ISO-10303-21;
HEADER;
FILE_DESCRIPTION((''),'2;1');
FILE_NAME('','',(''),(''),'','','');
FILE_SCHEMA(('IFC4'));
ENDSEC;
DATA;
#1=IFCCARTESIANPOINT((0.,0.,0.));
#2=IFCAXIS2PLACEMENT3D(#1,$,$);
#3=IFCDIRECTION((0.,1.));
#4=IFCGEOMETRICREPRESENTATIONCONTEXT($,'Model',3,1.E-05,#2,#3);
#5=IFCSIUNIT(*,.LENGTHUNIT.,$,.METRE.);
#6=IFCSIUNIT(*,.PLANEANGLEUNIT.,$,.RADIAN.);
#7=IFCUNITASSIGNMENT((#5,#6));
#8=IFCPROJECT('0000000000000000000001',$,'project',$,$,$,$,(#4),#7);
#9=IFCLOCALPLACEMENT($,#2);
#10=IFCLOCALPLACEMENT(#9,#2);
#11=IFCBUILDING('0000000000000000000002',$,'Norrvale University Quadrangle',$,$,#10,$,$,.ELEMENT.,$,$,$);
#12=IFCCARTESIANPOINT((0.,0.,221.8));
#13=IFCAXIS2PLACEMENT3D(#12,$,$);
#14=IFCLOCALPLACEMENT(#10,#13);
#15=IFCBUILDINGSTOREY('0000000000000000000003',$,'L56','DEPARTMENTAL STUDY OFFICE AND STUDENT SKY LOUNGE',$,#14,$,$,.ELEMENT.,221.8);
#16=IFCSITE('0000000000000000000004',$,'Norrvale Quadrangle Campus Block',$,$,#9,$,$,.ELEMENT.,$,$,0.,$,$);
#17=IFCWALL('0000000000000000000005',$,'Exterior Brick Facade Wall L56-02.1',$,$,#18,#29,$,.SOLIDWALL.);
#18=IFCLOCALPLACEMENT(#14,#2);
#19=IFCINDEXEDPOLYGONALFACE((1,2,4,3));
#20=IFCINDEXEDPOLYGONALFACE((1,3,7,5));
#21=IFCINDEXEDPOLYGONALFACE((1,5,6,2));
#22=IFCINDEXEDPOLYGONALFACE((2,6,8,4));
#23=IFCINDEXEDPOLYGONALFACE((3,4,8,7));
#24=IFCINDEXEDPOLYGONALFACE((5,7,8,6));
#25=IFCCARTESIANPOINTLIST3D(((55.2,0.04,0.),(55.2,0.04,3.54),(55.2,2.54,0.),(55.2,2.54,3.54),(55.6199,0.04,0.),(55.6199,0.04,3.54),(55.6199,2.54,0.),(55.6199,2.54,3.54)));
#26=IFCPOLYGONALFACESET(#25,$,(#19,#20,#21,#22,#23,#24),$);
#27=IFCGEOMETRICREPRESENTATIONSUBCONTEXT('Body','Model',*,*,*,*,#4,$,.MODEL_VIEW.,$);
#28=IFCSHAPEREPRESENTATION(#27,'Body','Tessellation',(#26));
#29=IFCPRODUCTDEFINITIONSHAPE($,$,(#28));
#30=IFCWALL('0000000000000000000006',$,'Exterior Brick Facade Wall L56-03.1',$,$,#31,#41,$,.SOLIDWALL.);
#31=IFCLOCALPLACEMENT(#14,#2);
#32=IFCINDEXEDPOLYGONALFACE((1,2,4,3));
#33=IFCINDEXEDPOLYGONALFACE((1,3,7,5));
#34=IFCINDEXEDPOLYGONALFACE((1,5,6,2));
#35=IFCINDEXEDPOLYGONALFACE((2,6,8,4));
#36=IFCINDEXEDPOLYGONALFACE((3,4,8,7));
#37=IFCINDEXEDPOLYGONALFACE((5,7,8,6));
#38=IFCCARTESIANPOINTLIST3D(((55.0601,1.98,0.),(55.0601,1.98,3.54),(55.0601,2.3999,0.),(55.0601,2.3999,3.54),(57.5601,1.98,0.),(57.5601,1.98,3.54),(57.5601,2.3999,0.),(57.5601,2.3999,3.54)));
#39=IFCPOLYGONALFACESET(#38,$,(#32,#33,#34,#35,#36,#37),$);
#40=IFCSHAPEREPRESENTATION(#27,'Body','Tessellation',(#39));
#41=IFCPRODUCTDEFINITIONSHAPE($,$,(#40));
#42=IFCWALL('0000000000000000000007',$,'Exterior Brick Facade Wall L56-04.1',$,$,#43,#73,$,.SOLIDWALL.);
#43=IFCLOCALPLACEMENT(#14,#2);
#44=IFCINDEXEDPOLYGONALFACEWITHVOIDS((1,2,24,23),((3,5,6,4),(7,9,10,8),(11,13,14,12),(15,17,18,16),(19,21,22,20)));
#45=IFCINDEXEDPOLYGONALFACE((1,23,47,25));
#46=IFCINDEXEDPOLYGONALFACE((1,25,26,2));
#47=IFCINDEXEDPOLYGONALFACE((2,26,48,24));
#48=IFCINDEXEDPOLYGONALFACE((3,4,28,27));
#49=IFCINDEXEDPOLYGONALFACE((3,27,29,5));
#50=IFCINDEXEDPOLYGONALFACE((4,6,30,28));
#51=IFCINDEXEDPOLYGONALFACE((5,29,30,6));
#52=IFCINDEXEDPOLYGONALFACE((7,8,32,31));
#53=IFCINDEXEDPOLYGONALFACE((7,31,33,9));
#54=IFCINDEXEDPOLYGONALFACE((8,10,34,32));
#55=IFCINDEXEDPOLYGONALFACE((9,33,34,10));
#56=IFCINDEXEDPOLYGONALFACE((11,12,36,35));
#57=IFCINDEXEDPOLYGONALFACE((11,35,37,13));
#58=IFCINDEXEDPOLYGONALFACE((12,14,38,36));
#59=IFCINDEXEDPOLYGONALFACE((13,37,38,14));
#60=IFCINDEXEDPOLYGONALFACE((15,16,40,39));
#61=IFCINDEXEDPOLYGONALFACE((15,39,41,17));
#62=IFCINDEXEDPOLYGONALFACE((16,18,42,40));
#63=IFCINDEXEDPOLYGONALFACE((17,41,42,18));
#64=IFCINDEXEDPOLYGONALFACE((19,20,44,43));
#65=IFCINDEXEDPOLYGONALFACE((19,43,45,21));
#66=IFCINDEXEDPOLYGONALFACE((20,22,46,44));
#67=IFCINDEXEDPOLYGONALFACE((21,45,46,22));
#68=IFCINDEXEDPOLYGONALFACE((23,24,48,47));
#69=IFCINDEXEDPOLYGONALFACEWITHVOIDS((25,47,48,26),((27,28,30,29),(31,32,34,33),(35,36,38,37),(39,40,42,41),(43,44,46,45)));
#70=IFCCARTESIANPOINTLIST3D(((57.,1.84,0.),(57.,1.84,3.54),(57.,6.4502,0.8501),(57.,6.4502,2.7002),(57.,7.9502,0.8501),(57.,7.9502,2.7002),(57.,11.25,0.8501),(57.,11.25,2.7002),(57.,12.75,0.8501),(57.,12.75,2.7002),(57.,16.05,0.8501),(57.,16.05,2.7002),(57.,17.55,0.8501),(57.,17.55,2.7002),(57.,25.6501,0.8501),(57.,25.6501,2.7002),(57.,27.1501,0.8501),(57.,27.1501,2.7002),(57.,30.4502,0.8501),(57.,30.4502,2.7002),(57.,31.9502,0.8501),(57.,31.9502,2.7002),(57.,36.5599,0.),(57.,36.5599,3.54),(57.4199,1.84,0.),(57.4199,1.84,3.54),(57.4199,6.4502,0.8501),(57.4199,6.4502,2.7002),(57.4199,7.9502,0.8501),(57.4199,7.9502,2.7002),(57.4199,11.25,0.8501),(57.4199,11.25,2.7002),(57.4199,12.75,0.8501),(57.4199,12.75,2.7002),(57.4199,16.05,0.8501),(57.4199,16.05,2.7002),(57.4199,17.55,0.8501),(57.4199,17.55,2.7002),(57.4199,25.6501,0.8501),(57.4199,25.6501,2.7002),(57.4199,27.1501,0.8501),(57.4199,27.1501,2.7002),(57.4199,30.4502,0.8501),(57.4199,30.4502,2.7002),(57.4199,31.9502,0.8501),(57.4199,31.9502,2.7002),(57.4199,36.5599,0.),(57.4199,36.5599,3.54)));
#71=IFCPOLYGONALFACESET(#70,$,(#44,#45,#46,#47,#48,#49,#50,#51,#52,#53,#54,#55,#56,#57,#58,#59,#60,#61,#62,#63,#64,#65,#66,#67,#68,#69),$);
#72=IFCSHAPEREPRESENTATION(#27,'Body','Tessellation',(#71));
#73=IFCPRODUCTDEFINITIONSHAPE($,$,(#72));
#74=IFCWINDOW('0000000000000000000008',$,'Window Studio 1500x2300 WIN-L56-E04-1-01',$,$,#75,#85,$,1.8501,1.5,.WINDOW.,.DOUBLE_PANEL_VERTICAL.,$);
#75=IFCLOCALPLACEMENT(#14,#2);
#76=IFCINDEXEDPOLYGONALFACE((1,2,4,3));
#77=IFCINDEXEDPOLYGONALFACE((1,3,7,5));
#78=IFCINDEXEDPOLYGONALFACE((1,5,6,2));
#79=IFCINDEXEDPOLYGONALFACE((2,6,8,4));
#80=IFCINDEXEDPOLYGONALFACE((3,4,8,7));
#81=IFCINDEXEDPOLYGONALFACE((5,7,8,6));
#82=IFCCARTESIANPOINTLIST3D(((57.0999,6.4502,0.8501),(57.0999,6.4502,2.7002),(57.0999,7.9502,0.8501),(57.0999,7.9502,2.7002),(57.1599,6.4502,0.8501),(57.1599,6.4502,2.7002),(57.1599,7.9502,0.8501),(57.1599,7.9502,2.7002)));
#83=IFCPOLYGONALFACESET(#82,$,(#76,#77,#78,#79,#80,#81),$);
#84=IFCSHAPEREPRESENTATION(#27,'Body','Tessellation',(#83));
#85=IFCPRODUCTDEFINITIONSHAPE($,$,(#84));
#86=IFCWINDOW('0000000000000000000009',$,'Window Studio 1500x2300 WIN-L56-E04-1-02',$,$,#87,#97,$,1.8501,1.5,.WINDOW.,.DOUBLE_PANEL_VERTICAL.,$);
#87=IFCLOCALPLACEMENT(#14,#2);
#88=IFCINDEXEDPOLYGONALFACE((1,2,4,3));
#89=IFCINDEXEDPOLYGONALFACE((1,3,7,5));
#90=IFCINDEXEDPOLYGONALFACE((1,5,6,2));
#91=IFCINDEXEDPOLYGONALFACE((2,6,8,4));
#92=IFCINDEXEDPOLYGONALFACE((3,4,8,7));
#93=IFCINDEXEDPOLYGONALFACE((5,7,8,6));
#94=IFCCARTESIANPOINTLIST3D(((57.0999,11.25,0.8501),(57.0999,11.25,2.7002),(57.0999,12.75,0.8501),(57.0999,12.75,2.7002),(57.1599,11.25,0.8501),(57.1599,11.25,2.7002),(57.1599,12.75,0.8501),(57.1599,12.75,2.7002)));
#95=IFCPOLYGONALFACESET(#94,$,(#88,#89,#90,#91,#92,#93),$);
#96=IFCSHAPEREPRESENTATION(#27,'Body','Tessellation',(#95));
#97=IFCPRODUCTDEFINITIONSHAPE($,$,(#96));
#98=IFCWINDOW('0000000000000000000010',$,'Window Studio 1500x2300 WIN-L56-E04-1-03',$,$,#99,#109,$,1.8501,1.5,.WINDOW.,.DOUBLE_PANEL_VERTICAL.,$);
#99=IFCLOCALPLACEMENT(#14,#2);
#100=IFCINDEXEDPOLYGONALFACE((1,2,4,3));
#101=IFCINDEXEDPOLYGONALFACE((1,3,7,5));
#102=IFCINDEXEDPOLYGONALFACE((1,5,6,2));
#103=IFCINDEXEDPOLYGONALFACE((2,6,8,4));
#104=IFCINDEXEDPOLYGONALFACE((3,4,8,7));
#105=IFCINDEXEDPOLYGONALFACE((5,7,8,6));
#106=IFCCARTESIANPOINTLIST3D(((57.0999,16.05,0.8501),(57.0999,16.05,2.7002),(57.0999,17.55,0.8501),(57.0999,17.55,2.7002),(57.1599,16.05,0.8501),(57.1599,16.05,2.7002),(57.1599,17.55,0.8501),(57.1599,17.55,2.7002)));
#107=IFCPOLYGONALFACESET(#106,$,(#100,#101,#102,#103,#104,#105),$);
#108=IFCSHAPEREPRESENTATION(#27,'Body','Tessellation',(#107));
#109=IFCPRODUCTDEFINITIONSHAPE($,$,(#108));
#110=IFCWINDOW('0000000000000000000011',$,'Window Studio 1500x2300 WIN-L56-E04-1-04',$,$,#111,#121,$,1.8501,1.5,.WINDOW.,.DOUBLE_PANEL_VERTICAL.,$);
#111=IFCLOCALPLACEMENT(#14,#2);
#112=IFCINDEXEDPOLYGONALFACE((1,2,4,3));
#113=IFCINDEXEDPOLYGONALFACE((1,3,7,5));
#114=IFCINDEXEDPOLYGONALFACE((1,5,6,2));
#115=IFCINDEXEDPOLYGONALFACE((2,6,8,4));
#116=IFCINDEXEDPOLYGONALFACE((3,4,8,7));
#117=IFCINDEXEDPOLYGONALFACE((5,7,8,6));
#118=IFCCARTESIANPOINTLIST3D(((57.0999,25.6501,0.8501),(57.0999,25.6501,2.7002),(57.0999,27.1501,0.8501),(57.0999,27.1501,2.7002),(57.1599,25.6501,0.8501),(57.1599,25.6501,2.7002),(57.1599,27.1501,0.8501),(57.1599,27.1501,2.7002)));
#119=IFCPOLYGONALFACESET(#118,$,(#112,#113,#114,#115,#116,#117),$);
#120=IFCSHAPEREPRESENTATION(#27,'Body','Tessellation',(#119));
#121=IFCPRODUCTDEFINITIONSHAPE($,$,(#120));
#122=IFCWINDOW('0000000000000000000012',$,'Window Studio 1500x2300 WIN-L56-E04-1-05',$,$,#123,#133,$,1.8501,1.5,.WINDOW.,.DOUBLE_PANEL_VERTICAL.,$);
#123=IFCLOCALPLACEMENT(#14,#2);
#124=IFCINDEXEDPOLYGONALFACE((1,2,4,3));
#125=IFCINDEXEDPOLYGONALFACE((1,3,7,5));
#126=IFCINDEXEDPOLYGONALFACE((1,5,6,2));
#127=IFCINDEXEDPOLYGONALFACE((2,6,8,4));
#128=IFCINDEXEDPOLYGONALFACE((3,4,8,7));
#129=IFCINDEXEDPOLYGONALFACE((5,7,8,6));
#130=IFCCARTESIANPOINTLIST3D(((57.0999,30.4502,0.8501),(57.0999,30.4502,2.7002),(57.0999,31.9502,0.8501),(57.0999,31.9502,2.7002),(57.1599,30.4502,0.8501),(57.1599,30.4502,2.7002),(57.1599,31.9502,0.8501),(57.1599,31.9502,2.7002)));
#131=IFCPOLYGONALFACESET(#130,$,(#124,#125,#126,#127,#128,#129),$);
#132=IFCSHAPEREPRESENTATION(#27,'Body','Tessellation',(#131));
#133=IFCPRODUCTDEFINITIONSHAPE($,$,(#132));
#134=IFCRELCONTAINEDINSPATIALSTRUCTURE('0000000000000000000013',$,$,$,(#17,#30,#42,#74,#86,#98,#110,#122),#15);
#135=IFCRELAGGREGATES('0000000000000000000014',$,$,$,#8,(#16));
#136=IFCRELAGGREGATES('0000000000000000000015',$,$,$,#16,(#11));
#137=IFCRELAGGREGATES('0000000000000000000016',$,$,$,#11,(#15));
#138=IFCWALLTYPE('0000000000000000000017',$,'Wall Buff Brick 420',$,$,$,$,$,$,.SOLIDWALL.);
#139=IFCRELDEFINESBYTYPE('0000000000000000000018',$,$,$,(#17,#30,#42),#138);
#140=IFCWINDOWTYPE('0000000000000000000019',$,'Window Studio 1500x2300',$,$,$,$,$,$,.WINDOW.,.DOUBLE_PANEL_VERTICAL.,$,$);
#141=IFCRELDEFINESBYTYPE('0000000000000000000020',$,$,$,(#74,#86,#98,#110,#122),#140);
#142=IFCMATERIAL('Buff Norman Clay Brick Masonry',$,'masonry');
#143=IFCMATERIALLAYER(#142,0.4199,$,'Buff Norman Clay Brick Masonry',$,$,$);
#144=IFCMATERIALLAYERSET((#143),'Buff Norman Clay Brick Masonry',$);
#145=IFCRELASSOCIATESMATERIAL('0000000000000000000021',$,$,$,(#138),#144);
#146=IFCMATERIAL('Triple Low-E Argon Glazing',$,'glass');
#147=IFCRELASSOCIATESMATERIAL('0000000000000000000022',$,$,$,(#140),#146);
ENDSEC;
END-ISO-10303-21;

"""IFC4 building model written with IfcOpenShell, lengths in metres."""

from ifc_helpers import new_model, si_unit, direction, frame, frame_2d, origin, place, context, subcontext, project, spatial, rectangle, extrude, material, layer, layer_set, type_object, element, fill, save


model = new_model("IFC4")

# Units and contexts
model_context = context("Model", 3, precision=1e-05, world=origin(), true_north=direction((0.0, 1.0)))
body_context = subcontext(model_context, "Body", "Model", "MODEL_VIEW")
ifc_project = project(units=[si_unit("LENGTHUNIT", "METRE"), si_unit("PLANEANGLEUNIT", "RADIAN")], contexts=[model_context])

# Site, building, storey
site_placement = place(None, origin())
site = spatial("IfcSite", under=ifc_project, at=site_placement, Name="Norrvale Quadrangle Campus Block", CompositionType="ELEMENT", RefElevation=0.0)
building_placement = place(site_placement, origin())
building = spatial("IfcBuilding", under=site, at=building_placement, Name="Norrvale University Quadrangle", CompositionType="ELEMENT")
storey_placement = place(building_placement, frame((0.0, 0.0, 221.8)))
storey = spatial("IfcBuildingStorey", under=building, at=storey_placement, Name="L56", Description="DEPARTMENTAL STUDY OFFICE AND STUDENT SKY LOUNGE", CompositionType="ELEMENT", Elevation=221.8)

# Walls
ifc_material_1 = material(Name="Buff Norman Clay Brick Masonry", Category="masonry")
ifc_layer = layer(ifc_material_1, 0.4199, Name="Buff Norman Clay Brick Masonry")
ifc_layer_set = layer_set([ifc_layer], Name="Buff Norman Clay Brick Masonry")
wall_type = type_object("IfcWallType", Name="Wall Buff Brick 420", PredefinedType="SOLIDWALL", material=ifc_layer_set)
for number, where, z_axis, x_axis, name in (
    (1, (55.4099, 0.04, 0.0), (0.0, 0.0, 1.0), (0.0, 1.0, 0.0), "Exterior Brick Facade Wall L56-02.1"),
    (2, (55.0601, 2.1899, 0.0), (0.0, 0.0, 1.0), (1.0, 0.0, 0.0), "Exterior Brick Facade Wall L56-03.1"),
):
    element("IfcWall", number, at=place(storey_placement, frame(where, z_axis=z_axis, x_axis=x_axis)), inside=storey, type_object=wall_type, Name=name, PredefinedType="SOLIDWALL", context=body_context, shape_type="SweptSolid", body=[
        extrude(rectangle(XDim=2.5, YDim=0.4199, at=frame_2d((1.25, 0.0))), origin(), (0.0, 0.0, 1.0), 3.54),
    ])

# Wall, openings, windows
wall_placement = place(storey_placement, frame((57.21, 1.8401, 0.0), z_axis=(0.0, 0.0, 1.0), x_axis=(0.0, 1.0, 0.0)))
wall = element("IfcWall", 3, at=wall_placement, inside=storey, type_object=wall_type, Name="Exterior Brick Facade Wall L56-04.1", PredefinedType="SOLIDWALL", context=body_context, shape_type="SweptSolid", body=[
    extrude(rectangle(XDim=34.72, YDim=0.4199, at=frame_2d((17.3599, 0.0))), origin(), (0.0, 0.0, 1.0), 3.54),
])
opening_1_placement = place(wall_placement, frame((4.6101, 0.0, 0.8501)))
opening_1 = element("IfcOpeningElement", 4, at=opening_1_placement, cuts=wall, PredefinedType="OPENING", context=body_context, shape_type="SweptSolid", body=[
    extrude(rectangle(XDim=1.5, YDim=1.8501, at=frame_2d((0.75, 0.925))), frame((0.0, 0.2219, 0.0), z_axis=(0.0, -1.0, 0.0), x_axis=(1.0, 0.0, 0.0)), (0.0, 0.0, 1.0), 0.4438),
])
opening_2_placement = place(wall_placement, frame((9.4099, 0.0, 0.8501)))
opening_2 = element("IfcOpeningElement", 5, at=opening_2_placement, cuts=wall, PredefinedType="OPENING", context=body_context, shape_type="SweptSolid", body=[
    extrude(rectangle(XDim=1.5, YDim=1.8501, at=frame_2d((0.75, 0.925))), frame((0.0, 0.2219, 0.0), z_axis=(0.0, -1.0, 0.0), x_axis=(1.0, 0.0, 0.0)), (0.0, 0.0, 1.0), 0.4438),
])
opening_3_placement = place(wall_placement, frame((14.21, 0.0, 0.8501)))
opening_3 = element("IfcOpeningElement", 6, at=opening_3_placement, cuts=wall, PredefinedType="OPENING", context=body_context, shape_type="SweptSolid", body=[
    extrude(rectangle(XDim=1.5, YDim=1.8501, at=frame_2d((0.75, 0.925))), frame((0.0, 0.2219, 0.0), z_axis=(0.0, -1.0, 0.0), x_axis=(1.0, 0.0, 0.0)), (0.0, 0.0, 1.0), 0.4438),
])
opening_4_placement = place(wall_placement, frame((23.8101, 0.0, 0.8501)))
opening_4 = element("IfcOpeningElement", 7, at=opening_4_placement, cuts=wall, PredefinedType="OPENING", context=body_context, shape_type="SweptSolid", body=[
    extrude(rectangle(XDim=1.5, YDim=1.8501, at=frame_2d((0.75, 0.925))), frame((0.0, 0.2219, 0.0), z_axis=(0.0, -1.0, 0.0), x_axis=(1.0, 0.0, 0.0)), (0.0, 0.0, 1.0), 0.4438),
])
opening_5_placement = place(wall_placement, frame((28.6101, 0.0, 0.8501)))
opening_5 = element("IfcOpeningElement", 8, at=opening_5_placement, cuts=wall, PredefinedType="OPENING", context=body_context, shape_type="SweptSolid", body=[
    extrude(rectangle(XDim=1.5, YDim=1.8501, at=frame_2d((0.75, 0.925))), frame((0.0, 0.2219, 0.0), z_axis=(0.0, -1.0, 0.0), x_axis=(1.0, 0.0, 0.0)), (0.0, 0.0, 1.0), 0.4438),
])
ifc_material_2 = material(Name="Triple Low-E Argon Glazing", Category="glass")
window_type = type_object("IfcWindowType", Name="Window Studio 1500x2300", PartitioningType="DOUBLE_PANEL_VERTICAL", PredefinedType="WINDOW", material=ifc_material_2)
window_1_placement = place(opening_1_placement, origin())
window_1 = element("IfcWindow", 9, at=window_1_placement, inside=storey, type_object=window_type, Name="Window Studio 1500x2300 WIN-L56-E04-1-01", OverallHeight=1.8501, OverallWidth=1.5, PartitioningType="DOUBLE_PANEL_VERTICAL", PredefinedType="WINDOW", context=body_context, shape_type="SweptSolid", body=[
    extrude(rectangle(XDim=1.5, YDim=1.8501, at=frame_2d((0.75, 0.925))), frame((0.0, 0.1101, 0.0), z_axis=(0.0, -1.0, 0.0), x_axis=(1.0, 0.0, 0.0)), (0.0, 0.0, 1.0), 0.0601),
])
fill(opening_1, window_1)
window_2_placement = place(opening_2_placement, origin())
window_2 = element("IfcWindow", 10, at=window_2_placement, inside=storey, type_object=window_type, Name="Window Studio 1500x2300 WIN-L56-E04-1-02", OverallHeight=1.8501, OverallWidth=1.5, PartitioningType="DOUBLE_PANEL_VERTICAL", PredefinedType="WINDOW", context=body_context, shape_type="SweptSolid", body=[
    extrude(rectangle(XDim=1.5, YDim=1.8501, at=frame_2d((0.75, 0.925))), frame((0.0, 0.1101, 0.0), z_axis=(0.0, -1.0, 0.0), x_axis=(1.0, 0.0, 0.0)), (0.0, 0.0, 1.0), 0.0601),
])
fill(opening_2, window_2)
window_3_placement = place(opening_3_placement, origin())
window_3 = element("IfcWindow", 11, at=window_3_placement, inside=storey, type_object=window_type, Name="Window Studio 1500x2300 WIN-L56-E04-1-03", OverallHeight=1.8501, OverallWidth=1.5, PartitioningType="DOUBLE_PANEL_VERTICAL", PredefinedType="WINDOW", context=body_context, shape_type="SweptSolid", body=[
    extrude(rectangle(XDim=1.5, YDim=1.8501, at=frame_2d((0.75, 0.925))), frame((0.0, 0.1101, 0.0), z_axis=(0.0, -1.0, 0.0), x_axis=(1.0, 0.0, 0.0)), (0.0, 0.0, 1.0), 0.0601),
])
fill(opening_3, window_3)
window_4_placement = place(opening_4_placement, origin())
window_4 = element("IfcWindow", 12, at=window_4_placement, inside=storey, type_object=window_type, Name="Window Studio 1500x2300 WIN-L56-E04-1-04", OverallHeight=1.8501, OverallWidth=1.5, PartitioningType="DOUBLE_PANEL_VERTICAL", PredefinedType="WINDOW", context=body_context, shape_type="SweptSolid", body=[
    extrude(rectangle(XDim=1.5, YDim=1.8501, at=frame_2d((0.75, 0.925))), frame((0.0, 0.1101, 0.0), z_axis=(0.0, -1.0, 0.0), x_axis=(1.0, 0.0, 0.0)), (0.0, 0.0, 1.0), 0.0601),
])
fill(opening_4, window_4)
window_5_placement = place(opening_5_placement, origin())
window_5 = element("IfcWindow", 13, at=window_5_placement, inside=storey, type_object=window_type, Name="Window Studio 1500x2300 WIN-L56-E04-1-05", OverallHeight=1.8501, OverallWidth=1.5, PartitioningType="DOUBLE_PANEL_VERTICAL", PredefinedType="WINDOW", context=body_context, shape_type="SweptSolid", body=[
    extrude(rectangle(XDim=1.5, YDim=1.8501, at=frame_2d((0.75, 0.925))), frame((0.0, 0.1101, 0.0), z_axis=(0.0, -1.0, 0.0), x_axis=(1.0, 0.0, 0.0)), (0.0, 0.0, 1.0), 0.0601),
])
fill(opening_5, window_5)

save(model, "model.ifc")
